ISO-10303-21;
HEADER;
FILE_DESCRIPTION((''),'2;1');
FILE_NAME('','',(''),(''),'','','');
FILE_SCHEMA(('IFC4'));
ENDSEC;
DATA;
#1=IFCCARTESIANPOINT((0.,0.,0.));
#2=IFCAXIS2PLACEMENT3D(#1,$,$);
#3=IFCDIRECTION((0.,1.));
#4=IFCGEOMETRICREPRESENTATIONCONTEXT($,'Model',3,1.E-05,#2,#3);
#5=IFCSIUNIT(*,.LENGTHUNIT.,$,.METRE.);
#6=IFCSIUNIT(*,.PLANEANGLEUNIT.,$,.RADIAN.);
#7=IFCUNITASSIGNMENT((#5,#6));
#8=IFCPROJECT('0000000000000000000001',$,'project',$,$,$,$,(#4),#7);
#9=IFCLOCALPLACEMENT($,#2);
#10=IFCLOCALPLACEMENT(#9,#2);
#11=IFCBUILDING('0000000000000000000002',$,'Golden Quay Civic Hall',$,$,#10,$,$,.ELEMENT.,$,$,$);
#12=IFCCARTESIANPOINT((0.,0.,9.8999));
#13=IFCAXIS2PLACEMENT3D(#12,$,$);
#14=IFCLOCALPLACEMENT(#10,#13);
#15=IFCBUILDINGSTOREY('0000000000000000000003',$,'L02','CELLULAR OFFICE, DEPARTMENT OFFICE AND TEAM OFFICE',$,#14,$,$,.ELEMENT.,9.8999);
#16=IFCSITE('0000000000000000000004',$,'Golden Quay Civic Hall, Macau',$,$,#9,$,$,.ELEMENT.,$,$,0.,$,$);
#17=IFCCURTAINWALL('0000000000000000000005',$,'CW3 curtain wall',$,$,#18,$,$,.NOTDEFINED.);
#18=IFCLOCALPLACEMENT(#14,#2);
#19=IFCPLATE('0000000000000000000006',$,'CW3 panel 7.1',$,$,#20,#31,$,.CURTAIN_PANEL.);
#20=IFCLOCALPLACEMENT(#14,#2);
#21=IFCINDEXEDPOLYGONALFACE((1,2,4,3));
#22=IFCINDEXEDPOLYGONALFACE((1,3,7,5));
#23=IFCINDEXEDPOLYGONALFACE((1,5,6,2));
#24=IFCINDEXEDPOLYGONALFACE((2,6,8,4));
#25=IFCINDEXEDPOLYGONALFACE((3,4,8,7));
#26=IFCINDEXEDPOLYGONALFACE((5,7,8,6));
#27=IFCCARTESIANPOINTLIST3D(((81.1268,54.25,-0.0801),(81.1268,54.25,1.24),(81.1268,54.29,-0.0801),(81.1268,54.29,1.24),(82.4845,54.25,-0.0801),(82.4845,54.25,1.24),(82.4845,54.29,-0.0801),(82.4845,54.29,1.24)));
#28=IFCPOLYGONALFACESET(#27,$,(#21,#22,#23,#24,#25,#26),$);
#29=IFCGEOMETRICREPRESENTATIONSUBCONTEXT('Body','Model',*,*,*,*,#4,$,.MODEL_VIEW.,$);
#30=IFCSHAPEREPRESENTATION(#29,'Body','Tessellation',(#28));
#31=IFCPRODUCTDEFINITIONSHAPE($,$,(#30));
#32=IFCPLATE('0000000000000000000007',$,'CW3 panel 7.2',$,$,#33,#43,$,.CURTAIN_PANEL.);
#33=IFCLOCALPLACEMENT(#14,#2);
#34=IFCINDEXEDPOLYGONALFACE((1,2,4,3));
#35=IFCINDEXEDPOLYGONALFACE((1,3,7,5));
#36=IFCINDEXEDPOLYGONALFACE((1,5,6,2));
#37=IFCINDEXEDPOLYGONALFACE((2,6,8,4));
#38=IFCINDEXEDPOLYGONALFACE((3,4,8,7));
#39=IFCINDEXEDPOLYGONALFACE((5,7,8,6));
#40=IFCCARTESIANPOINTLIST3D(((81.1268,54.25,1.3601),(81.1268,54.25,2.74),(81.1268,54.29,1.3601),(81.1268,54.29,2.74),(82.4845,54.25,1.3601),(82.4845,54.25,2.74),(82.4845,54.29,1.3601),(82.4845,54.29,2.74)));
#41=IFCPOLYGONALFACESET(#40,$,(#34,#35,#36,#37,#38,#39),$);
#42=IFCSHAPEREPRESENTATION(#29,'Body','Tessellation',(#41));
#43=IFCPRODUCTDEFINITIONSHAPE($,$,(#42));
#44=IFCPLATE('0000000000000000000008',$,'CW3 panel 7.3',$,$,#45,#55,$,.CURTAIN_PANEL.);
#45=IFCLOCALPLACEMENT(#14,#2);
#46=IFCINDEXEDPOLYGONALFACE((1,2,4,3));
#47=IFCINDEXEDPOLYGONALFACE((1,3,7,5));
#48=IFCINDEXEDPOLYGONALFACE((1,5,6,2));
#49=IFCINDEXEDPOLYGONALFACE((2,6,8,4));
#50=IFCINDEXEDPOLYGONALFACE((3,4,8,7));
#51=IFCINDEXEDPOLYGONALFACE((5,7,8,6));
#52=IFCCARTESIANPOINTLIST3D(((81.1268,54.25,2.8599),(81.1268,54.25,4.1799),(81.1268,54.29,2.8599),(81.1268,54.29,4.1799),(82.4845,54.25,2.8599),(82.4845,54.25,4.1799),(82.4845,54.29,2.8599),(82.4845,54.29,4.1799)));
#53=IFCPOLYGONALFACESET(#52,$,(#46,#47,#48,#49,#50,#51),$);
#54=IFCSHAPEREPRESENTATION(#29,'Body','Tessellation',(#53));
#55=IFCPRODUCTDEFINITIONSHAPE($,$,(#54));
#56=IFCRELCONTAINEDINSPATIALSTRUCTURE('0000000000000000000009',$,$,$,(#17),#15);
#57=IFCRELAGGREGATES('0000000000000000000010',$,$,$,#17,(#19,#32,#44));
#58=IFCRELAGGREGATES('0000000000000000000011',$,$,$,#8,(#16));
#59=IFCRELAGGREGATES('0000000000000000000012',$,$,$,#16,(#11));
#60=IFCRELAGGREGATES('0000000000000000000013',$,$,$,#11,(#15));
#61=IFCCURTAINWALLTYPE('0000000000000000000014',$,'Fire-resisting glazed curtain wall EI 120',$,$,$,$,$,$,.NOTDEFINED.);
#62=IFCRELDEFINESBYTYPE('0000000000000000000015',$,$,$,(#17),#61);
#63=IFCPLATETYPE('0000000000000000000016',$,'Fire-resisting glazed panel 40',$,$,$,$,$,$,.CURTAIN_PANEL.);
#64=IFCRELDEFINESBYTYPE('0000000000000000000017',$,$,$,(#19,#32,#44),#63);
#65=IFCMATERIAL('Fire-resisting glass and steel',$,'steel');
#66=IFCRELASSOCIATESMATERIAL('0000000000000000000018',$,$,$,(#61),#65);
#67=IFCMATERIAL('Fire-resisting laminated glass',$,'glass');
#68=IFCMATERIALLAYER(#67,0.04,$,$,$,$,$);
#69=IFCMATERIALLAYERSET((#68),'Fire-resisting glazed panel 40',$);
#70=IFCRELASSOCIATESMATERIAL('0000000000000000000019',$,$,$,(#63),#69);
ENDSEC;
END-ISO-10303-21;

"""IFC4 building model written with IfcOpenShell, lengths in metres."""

from ifc_helpers import new_model, si_unit, direction, frame, origin, origin_2d, place, context, subcontext, project, spatial, rectangle, extrude, material, layer, layer_set, type_object, element, aggregate, save


model = new_model("IFC4")

# Units and contexts
model_context = context("Model", 3, precision=1e-05, world=origin(), true_north=direction((0.0, 1.0)))
body_context = subcontext(model_context, "Body", "Model", "MODEL_VIEW")
ifc_project = project(units=[si_unit("LENGTHUNIT", "METRE"), si_unit("PLANEANGLEUNIT", "RADIAN")], contexts=[model_context])

# Site, building, storey
site_placement = place(None, origin())
site = spatial("IfcSite", under=ifc_project, at=site_placement, Name="Golden Quay Civic Hall, Macau", CompositionType="ELEMENT", RefElevation=0.0)
building_placement = place(site_placement, origin())
building = spatial("IfcBuilding", under=site, at=building_placement, Name="Golden Quay Civic Hall", CompositionType="ELEMENT")
storey_placement = place(building_placement, frame((0.0, 0.0, 9.8999)))
storey = spatial("IfcBuildingStorey", under=building, at=storey_placement, Name="L02", Description="CELLULAR OFFICE, DEPARTMENT OFFICE AND TEAM OFFICE", CompositionType="ELEMENT", Elevation=9.8999)

# Curtain wall
ifc_material_1 = material(Name="Fire-resisting glass and steel", Category="steel")
curtain_wall_type_1 = type_object("IfcCurtainWallType", Name="Fire-resisting glazed curtain wall EI 120", PredefinedType="NOTDEFINED", material=ifc_material_1)
curtain_wall_1_placement = place(storey_placement, origin())
curtain_wall_1 = element("IfcCurtainWall", 1, at=curtain_wall_1_placement, inside=storey, type_object=curtain_wall_type_1, Name="CW3 curtain wall", PredefinedType="NOTDEFINED")

# Plates
ifc_material_2 = material(Name="Fire-resisting laminated glass", Category="glass")
ifc_layer = layer(ifc_material_2, 0.04)
ifc_layer_set = layer_set([ifc_layer], Name="Fire-resisting glazed panel 40")
plate_type = type_object("IfcPlateType", Name="Fire-resisting glazed panel 40", PredefinedType="CURTAIN_PANEL", material=ifc_layer_set)
plate_1_placement = place(storey_placement, frame((81.8057, 54.27, -0.0801), z_axis=(0.0, 0.0, 1.0), x_axis=(1.0, 0.0, 0.0)))
plate_1 = element("IfcPlate", 2, at=plate_1_placement, type_object=plate_type, Name="CW3 panel 7.1", PredefinedType="CURTAIN_PANEL", context=body_context, shape_type="SweptSolid", body=[
    extrude(rectangle(XDim=1.3577, YDim=0.04, at=origin_2d()), origin(), (0.0, 0.0, 1.0), 1.3201),
])
plate_2_placement = place(storey_placement, frame((81.8057, 54.27, 1.3601), z_axis=(0.0, 0.0, 1.0), x_axis=(1.0, 0.0, 0.0)))
plate_2 = element("IfcPlate", 3, at=plate_2_placement, type_object=plate_type, Name="CW3 panel 7.2", PredefinedType="CURTAIN_PANEL", context=body_context, shape_type="SweptSolid", body=[
    extrude(rectangle(XDim=1.3577, YDim=0.04, at=origin_2d()), origin(), (0.0, 0.0, 1.0), 1.3799),
])
plate_3_placement = place(storey_placement, frame((81.8057, 54.27, 2.8599), z_axis=(0.0, 0.0, 1.0), x_axis=(1.0, 0.0, 0.0)))
plate_3 = element("IfcPlate", 4, at=plate_3_placement, type_object=plate_type, Name="CW3 panel 7.3", PredefinedType="CURTAIN_PANEL", context=body_context, shape_type="SweptSolid", body=[
    extrude(rectangle(XDim=1.3577, YDim=0.04, at=origin_2d()), origin(), (0.0, 0.0, 1.0), 1.3201),
])
aggregate(curtain_wall_1, [plate_1, plate_2, plate_3])

save(model, "model.ifc")
